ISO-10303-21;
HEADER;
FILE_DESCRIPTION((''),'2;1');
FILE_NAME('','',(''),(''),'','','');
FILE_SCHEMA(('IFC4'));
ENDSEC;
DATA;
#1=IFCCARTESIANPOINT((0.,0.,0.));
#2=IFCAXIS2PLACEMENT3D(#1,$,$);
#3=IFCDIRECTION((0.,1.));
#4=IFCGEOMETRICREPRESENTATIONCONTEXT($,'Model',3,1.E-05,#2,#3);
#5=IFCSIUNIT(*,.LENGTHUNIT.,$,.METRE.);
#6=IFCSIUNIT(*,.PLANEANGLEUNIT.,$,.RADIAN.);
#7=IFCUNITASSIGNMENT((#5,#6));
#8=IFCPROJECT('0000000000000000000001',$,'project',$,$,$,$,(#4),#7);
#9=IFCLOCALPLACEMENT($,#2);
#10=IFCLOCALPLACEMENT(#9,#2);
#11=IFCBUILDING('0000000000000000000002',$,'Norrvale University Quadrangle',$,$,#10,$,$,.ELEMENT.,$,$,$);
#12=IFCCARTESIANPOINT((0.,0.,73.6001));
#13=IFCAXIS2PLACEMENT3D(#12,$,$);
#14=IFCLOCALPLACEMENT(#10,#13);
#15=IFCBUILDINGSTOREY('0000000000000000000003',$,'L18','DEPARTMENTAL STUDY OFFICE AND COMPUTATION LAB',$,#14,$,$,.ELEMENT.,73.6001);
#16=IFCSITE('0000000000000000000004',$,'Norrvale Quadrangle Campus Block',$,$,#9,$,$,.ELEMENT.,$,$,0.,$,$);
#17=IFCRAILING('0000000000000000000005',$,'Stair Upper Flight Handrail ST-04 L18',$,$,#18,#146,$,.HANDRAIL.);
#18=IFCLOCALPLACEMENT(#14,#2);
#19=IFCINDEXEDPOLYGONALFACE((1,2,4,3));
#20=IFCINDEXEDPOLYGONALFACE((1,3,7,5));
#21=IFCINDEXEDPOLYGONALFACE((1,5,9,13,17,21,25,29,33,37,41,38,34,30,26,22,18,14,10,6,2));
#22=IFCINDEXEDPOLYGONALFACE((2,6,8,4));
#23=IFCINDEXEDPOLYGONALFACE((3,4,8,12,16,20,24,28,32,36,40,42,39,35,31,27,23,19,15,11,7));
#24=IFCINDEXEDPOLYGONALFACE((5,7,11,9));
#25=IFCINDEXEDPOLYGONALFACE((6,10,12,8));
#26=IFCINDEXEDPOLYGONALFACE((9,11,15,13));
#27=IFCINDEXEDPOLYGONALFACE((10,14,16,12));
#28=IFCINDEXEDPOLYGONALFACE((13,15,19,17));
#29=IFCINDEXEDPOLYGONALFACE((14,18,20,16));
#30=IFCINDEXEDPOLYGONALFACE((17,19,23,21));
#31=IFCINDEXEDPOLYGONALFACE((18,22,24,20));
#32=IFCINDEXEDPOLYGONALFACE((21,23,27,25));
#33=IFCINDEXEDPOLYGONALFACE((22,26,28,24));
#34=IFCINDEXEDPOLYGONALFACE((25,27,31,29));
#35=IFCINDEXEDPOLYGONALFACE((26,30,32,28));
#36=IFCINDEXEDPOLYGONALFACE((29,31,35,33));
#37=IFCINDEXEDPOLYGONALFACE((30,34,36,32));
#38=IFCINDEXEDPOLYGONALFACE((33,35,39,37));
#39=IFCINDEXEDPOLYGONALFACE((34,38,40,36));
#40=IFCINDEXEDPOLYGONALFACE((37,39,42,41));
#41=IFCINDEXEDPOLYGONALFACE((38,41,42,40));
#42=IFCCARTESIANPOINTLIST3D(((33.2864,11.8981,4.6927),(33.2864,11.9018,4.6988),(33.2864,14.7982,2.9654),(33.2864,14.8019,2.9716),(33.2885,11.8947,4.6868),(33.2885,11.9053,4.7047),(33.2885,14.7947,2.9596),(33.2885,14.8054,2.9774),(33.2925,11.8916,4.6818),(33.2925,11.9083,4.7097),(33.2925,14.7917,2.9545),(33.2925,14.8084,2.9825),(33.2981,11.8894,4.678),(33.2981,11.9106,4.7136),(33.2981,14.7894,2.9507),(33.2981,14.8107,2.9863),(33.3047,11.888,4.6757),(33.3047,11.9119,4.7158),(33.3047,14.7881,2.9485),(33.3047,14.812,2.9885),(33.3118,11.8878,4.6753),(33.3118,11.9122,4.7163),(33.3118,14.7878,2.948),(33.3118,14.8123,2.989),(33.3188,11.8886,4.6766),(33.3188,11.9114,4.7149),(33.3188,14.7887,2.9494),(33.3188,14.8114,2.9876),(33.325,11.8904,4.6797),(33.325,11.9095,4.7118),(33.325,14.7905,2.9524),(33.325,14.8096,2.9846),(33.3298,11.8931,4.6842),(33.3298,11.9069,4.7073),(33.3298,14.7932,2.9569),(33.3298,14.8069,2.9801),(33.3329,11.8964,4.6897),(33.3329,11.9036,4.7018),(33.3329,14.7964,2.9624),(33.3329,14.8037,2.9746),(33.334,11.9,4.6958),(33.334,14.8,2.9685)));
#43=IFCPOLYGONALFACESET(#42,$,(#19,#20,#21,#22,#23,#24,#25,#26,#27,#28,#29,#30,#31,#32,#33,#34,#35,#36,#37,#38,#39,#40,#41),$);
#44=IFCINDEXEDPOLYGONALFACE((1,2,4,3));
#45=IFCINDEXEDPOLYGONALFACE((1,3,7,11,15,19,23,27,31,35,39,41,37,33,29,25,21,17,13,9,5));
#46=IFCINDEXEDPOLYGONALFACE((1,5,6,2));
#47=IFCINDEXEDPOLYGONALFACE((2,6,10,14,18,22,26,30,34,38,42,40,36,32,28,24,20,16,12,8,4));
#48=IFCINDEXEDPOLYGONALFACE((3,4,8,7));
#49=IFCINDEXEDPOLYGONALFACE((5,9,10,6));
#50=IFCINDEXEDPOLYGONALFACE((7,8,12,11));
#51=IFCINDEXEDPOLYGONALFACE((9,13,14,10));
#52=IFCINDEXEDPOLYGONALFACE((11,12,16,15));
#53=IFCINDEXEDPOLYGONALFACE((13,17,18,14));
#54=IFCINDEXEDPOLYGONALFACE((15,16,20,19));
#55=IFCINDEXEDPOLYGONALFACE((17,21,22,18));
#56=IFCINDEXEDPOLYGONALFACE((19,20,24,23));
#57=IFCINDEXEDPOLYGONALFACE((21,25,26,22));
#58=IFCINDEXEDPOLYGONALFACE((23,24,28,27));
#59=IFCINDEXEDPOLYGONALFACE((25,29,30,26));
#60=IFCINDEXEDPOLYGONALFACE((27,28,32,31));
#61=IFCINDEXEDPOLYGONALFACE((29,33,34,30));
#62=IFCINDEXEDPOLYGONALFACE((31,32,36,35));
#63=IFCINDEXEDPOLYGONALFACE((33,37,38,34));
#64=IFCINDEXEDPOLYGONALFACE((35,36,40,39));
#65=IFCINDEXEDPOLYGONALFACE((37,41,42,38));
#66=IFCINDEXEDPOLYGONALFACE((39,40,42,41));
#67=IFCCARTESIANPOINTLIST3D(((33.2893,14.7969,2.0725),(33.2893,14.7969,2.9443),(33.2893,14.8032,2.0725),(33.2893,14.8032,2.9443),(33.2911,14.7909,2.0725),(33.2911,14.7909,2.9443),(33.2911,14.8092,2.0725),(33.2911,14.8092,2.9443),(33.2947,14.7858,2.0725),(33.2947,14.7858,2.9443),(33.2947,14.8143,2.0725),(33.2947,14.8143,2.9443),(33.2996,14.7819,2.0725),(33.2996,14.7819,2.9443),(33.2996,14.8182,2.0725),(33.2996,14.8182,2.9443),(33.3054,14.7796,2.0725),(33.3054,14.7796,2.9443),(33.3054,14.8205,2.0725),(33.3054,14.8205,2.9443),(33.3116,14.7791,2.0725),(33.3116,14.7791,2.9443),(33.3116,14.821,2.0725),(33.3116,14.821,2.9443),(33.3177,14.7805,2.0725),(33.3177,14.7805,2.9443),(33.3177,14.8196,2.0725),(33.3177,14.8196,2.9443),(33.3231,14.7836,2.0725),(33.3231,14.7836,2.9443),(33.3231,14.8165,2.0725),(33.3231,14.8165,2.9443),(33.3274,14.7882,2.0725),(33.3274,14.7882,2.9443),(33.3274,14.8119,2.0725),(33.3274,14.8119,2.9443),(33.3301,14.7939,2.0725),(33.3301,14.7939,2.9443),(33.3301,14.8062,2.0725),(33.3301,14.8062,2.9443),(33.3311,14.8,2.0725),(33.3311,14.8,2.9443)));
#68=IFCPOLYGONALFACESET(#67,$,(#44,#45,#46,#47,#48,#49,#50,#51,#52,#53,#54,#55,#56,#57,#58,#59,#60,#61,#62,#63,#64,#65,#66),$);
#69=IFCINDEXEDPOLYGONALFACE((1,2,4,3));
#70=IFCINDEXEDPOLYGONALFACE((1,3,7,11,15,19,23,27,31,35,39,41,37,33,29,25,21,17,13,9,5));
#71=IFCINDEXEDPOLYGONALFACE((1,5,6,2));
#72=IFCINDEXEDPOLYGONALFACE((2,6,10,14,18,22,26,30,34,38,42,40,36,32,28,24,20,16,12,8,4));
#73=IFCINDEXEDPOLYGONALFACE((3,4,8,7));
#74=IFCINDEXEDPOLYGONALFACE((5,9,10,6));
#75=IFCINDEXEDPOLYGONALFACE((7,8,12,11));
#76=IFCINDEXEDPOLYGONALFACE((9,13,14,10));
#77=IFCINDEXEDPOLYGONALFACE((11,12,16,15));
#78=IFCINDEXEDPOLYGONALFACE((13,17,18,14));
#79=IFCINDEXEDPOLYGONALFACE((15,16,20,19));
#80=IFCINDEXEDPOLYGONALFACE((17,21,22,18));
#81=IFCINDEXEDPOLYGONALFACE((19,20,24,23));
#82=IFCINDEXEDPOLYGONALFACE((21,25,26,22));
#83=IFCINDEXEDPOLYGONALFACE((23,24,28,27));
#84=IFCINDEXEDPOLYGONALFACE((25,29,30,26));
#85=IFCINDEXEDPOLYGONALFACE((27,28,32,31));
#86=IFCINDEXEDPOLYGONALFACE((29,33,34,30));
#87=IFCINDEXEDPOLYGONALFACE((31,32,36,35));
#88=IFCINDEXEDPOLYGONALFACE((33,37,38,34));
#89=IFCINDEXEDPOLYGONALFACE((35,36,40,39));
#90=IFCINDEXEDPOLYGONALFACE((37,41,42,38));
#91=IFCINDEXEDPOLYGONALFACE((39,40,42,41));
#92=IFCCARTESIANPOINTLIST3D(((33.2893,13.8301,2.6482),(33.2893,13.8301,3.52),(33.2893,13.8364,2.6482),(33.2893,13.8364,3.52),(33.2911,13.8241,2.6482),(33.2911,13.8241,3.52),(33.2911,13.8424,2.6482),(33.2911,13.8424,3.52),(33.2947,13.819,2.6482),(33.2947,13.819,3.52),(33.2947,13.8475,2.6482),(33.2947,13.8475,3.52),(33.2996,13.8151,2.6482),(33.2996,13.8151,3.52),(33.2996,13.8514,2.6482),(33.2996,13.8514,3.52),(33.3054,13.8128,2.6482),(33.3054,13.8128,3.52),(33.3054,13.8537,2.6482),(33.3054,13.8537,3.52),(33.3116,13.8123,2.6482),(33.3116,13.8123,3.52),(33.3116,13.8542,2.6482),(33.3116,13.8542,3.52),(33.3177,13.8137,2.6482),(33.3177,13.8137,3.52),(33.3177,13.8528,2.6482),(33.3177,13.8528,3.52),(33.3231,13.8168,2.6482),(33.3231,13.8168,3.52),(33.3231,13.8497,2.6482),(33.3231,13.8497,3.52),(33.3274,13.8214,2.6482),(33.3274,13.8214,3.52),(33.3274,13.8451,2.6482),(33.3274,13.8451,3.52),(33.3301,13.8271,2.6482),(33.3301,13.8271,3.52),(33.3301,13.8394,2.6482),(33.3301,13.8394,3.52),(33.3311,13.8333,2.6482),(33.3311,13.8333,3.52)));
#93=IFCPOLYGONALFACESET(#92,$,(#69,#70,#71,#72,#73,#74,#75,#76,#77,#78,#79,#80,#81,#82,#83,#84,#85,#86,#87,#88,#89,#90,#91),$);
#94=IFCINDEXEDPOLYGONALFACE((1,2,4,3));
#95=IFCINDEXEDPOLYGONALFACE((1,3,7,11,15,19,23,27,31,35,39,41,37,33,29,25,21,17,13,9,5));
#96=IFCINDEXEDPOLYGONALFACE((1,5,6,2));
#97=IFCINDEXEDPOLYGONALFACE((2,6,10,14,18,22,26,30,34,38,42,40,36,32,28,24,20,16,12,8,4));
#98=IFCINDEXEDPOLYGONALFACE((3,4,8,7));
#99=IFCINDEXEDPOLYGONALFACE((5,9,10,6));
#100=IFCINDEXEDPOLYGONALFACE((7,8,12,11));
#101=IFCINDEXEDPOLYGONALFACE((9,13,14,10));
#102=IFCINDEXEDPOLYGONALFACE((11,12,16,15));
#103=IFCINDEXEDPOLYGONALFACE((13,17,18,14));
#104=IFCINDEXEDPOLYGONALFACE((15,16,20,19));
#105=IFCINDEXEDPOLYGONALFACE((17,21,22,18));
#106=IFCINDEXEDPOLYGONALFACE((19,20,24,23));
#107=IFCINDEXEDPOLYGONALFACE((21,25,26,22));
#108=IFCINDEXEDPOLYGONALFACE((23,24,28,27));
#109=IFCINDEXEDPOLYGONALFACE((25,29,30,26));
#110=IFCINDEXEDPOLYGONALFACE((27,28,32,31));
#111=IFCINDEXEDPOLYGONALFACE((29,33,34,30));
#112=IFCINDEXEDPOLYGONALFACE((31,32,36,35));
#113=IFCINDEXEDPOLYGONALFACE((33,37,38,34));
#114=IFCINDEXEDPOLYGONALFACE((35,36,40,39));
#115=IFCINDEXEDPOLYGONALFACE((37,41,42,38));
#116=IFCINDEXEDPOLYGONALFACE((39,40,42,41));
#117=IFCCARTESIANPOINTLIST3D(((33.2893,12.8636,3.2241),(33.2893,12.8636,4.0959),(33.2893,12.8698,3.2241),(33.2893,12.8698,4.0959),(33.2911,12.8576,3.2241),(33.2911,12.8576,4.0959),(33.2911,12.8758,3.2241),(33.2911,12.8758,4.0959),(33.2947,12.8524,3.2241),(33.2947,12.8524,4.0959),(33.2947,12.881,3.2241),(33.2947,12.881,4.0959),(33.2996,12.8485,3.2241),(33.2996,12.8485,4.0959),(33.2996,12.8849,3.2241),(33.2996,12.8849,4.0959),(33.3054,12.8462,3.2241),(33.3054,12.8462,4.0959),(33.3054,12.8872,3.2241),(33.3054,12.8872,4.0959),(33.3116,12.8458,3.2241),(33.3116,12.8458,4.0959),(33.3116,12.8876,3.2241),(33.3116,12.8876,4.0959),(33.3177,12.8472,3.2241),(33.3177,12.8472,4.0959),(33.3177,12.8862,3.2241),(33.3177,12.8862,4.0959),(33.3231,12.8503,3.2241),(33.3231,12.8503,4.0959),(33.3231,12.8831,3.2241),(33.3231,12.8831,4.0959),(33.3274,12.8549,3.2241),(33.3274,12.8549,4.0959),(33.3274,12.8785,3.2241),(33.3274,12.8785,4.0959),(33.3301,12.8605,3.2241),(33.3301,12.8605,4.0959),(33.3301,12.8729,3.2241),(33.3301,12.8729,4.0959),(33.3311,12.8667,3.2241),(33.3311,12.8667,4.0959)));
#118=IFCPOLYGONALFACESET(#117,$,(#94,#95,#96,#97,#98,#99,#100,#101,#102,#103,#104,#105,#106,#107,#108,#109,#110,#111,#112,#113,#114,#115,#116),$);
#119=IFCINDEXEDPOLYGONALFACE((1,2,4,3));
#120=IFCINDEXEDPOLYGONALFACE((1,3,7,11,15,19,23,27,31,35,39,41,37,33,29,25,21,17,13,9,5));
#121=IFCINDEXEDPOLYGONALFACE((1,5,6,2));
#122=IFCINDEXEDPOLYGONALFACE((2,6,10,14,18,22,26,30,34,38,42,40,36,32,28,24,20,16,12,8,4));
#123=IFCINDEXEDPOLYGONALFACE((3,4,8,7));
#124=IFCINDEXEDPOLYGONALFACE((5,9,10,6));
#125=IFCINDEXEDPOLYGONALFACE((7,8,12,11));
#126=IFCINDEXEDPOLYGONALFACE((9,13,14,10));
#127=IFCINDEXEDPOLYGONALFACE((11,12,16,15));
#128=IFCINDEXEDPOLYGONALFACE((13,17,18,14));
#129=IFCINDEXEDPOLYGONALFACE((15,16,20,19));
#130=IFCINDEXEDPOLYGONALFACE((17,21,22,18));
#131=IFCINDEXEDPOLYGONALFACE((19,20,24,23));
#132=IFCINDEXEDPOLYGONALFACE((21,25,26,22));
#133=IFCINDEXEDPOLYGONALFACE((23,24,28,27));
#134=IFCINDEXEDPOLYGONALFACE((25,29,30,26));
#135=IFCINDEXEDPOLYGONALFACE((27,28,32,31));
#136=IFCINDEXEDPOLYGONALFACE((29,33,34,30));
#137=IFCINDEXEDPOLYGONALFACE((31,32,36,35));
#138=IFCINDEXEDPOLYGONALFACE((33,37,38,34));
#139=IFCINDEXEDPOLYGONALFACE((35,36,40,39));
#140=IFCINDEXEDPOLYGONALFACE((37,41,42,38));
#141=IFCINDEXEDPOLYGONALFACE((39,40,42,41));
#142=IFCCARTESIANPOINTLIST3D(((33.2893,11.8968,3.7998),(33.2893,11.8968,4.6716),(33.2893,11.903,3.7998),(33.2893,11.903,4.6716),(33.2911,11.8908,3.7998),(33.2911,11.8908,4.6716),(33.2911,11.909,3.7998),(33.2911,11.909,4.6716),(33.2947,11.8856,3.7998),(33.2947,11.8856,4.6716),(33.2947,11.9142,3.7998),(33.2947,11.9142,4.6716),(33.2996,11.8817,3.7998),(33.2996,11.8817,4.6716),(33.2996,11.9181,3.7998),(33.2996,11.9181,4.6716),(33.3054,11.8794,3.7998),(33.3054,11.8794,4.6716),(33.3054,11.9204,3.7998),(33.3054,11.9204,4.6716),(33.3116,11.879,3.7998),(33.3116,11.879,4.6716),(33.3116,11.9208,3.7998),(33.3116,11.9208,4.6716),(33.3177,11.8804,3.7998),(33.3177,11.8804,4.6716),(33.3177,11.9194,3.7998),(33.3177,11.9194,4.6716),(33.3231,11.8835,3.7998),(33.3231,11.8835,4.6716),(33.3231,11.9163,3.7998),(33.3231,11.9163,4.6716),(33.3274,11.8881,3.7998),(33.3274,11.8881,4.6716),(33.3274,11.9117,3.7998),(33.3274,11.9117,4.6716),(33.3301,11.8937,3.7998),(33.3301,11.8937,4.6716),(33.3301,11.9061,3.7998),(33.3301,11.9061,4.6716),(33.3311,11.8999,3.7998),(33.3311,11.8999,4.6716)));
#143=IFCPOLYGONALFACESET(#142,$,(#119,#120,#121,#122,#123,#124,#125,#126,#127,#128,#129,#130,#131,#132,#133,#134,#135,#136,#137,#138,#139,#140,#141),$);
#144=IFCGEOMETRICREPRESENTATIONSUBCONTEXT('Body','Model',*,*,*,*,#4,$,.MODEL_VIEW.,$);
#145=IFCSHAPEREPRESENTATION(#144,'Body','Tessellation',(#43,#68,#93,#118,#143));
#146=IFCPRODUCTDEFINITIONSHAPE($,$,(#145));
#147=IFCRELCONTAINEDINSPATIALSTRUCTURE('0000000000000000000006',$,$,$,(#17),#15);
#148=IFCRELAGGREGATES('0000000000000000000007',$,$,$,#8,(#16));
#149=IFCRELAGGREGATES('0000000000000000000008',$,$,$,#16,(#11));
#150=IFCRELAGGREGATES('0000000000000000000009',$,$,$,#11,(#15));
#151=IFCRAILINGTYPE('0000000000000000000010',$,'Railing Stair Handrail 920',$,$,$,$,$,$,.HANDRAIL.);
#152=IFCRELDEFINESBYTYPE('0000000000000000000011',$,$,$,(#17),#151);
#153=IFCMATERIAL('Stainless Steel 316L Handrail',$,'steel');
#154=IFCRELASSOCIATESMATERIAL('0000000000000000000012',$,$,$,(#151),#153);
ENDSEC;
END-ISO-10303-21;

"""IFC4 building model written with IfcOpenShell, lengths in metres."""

from ifc_helpers import new_model, si_unit, direction, frame, origin, origin_2d, place, context, subcontext, project, spatial, circle, extrude, material, type_object, element, save


model = new_model("IFC4")

# Units and contexts
model_context = context("Model", 3, precision=1e-05, world=origin(), true_north=direction((0.0, 1.0)))
body_context = subcontext(model_context, "Body", "Model", "MODEL_VIEW")
ifc_project = project(units=[si_unit("LENGTHUNIT", "METRE"), si_unit("PLANEANGLEUNIT", "RADIAN")], contexts=[model_context])

# Site, building, storey
site_placement = place(None, origin())
site = spatial("IfcSite", under=ifc_project, at=site_placement, Name="Norrvale Quadrangle Campus Block", CompositionType="ELEMENT", RefElevation=0.0)
building_placement = place(site_placement, origin())
building = spatial("IfcBuilding", under=site, at=building_placement, Name="Norrvale University Quadrangle", CompositionType="ELEMENT")
storey_placement = place(building_placement, frame((0.0, 0.0, 73.6001)))
storey = spatial("IfcBuildingStorey", under=building, at=storey_placement, Name="L18", Description="DEPARTMENTAL STUDY OFFICE AND COMPUTATION LAB", CompositionType="ELEMENT", Elevation=73.6001)

# Railing
ifc_material_1 = material(Name="Stainless Steel 316L Handrail", Category="steel")
railing_type_1 = type_object("IfcRailingType", Name="Railing Stair Handrail 920", PredefinedType="HANDRAIL", material=ifc_material_1)
railing_1_placement = place(storey_placement, frame((33.3101, 14.8, 2.0725)))
element("IfcRailing", 1, at=railing_1_placement, inside=storey, type_object=railing_type_1, Name="Stair Upper Flight Handrail ST-04 L18", PredefinedType="HANDRAIL", context=body_context, shape_type="SweptSolid", body=[
    extrude(circle(Radius=0.0239, at=origin_2d()), frame((0.0, 0.0, 0.896), z_axis=(0.0, -0.85916, 0.511706), x_axis=(1.0, 0.0, 0.0)), (0.0, 0.0, 1.0), 3.3755),
    extrude(circle(Radius=0.021, at=origin_2d()), origin(), (0.0, 0.0, 1.0), 0.8718),
    extrude(circle(Radius=0.021, at=origin_2d()), frame((0.0, -0.9668, 0.5757)), (0.0, 0.0, 1.0), 0.8718),
    extrude(circle(Radius=0.021, at=origin_2d()), frame((0.0, -1.9333, 1.1516)), (0.0, 0.0, 1.0), 0.8718),
    extrude(circle(Radius=0.021, at=origin_2d()), frame((0.0, -2.9001, 1.7273)), (0.0, 0.0, 1.0), 0.8718),
])

save(model, "model.ifc")
